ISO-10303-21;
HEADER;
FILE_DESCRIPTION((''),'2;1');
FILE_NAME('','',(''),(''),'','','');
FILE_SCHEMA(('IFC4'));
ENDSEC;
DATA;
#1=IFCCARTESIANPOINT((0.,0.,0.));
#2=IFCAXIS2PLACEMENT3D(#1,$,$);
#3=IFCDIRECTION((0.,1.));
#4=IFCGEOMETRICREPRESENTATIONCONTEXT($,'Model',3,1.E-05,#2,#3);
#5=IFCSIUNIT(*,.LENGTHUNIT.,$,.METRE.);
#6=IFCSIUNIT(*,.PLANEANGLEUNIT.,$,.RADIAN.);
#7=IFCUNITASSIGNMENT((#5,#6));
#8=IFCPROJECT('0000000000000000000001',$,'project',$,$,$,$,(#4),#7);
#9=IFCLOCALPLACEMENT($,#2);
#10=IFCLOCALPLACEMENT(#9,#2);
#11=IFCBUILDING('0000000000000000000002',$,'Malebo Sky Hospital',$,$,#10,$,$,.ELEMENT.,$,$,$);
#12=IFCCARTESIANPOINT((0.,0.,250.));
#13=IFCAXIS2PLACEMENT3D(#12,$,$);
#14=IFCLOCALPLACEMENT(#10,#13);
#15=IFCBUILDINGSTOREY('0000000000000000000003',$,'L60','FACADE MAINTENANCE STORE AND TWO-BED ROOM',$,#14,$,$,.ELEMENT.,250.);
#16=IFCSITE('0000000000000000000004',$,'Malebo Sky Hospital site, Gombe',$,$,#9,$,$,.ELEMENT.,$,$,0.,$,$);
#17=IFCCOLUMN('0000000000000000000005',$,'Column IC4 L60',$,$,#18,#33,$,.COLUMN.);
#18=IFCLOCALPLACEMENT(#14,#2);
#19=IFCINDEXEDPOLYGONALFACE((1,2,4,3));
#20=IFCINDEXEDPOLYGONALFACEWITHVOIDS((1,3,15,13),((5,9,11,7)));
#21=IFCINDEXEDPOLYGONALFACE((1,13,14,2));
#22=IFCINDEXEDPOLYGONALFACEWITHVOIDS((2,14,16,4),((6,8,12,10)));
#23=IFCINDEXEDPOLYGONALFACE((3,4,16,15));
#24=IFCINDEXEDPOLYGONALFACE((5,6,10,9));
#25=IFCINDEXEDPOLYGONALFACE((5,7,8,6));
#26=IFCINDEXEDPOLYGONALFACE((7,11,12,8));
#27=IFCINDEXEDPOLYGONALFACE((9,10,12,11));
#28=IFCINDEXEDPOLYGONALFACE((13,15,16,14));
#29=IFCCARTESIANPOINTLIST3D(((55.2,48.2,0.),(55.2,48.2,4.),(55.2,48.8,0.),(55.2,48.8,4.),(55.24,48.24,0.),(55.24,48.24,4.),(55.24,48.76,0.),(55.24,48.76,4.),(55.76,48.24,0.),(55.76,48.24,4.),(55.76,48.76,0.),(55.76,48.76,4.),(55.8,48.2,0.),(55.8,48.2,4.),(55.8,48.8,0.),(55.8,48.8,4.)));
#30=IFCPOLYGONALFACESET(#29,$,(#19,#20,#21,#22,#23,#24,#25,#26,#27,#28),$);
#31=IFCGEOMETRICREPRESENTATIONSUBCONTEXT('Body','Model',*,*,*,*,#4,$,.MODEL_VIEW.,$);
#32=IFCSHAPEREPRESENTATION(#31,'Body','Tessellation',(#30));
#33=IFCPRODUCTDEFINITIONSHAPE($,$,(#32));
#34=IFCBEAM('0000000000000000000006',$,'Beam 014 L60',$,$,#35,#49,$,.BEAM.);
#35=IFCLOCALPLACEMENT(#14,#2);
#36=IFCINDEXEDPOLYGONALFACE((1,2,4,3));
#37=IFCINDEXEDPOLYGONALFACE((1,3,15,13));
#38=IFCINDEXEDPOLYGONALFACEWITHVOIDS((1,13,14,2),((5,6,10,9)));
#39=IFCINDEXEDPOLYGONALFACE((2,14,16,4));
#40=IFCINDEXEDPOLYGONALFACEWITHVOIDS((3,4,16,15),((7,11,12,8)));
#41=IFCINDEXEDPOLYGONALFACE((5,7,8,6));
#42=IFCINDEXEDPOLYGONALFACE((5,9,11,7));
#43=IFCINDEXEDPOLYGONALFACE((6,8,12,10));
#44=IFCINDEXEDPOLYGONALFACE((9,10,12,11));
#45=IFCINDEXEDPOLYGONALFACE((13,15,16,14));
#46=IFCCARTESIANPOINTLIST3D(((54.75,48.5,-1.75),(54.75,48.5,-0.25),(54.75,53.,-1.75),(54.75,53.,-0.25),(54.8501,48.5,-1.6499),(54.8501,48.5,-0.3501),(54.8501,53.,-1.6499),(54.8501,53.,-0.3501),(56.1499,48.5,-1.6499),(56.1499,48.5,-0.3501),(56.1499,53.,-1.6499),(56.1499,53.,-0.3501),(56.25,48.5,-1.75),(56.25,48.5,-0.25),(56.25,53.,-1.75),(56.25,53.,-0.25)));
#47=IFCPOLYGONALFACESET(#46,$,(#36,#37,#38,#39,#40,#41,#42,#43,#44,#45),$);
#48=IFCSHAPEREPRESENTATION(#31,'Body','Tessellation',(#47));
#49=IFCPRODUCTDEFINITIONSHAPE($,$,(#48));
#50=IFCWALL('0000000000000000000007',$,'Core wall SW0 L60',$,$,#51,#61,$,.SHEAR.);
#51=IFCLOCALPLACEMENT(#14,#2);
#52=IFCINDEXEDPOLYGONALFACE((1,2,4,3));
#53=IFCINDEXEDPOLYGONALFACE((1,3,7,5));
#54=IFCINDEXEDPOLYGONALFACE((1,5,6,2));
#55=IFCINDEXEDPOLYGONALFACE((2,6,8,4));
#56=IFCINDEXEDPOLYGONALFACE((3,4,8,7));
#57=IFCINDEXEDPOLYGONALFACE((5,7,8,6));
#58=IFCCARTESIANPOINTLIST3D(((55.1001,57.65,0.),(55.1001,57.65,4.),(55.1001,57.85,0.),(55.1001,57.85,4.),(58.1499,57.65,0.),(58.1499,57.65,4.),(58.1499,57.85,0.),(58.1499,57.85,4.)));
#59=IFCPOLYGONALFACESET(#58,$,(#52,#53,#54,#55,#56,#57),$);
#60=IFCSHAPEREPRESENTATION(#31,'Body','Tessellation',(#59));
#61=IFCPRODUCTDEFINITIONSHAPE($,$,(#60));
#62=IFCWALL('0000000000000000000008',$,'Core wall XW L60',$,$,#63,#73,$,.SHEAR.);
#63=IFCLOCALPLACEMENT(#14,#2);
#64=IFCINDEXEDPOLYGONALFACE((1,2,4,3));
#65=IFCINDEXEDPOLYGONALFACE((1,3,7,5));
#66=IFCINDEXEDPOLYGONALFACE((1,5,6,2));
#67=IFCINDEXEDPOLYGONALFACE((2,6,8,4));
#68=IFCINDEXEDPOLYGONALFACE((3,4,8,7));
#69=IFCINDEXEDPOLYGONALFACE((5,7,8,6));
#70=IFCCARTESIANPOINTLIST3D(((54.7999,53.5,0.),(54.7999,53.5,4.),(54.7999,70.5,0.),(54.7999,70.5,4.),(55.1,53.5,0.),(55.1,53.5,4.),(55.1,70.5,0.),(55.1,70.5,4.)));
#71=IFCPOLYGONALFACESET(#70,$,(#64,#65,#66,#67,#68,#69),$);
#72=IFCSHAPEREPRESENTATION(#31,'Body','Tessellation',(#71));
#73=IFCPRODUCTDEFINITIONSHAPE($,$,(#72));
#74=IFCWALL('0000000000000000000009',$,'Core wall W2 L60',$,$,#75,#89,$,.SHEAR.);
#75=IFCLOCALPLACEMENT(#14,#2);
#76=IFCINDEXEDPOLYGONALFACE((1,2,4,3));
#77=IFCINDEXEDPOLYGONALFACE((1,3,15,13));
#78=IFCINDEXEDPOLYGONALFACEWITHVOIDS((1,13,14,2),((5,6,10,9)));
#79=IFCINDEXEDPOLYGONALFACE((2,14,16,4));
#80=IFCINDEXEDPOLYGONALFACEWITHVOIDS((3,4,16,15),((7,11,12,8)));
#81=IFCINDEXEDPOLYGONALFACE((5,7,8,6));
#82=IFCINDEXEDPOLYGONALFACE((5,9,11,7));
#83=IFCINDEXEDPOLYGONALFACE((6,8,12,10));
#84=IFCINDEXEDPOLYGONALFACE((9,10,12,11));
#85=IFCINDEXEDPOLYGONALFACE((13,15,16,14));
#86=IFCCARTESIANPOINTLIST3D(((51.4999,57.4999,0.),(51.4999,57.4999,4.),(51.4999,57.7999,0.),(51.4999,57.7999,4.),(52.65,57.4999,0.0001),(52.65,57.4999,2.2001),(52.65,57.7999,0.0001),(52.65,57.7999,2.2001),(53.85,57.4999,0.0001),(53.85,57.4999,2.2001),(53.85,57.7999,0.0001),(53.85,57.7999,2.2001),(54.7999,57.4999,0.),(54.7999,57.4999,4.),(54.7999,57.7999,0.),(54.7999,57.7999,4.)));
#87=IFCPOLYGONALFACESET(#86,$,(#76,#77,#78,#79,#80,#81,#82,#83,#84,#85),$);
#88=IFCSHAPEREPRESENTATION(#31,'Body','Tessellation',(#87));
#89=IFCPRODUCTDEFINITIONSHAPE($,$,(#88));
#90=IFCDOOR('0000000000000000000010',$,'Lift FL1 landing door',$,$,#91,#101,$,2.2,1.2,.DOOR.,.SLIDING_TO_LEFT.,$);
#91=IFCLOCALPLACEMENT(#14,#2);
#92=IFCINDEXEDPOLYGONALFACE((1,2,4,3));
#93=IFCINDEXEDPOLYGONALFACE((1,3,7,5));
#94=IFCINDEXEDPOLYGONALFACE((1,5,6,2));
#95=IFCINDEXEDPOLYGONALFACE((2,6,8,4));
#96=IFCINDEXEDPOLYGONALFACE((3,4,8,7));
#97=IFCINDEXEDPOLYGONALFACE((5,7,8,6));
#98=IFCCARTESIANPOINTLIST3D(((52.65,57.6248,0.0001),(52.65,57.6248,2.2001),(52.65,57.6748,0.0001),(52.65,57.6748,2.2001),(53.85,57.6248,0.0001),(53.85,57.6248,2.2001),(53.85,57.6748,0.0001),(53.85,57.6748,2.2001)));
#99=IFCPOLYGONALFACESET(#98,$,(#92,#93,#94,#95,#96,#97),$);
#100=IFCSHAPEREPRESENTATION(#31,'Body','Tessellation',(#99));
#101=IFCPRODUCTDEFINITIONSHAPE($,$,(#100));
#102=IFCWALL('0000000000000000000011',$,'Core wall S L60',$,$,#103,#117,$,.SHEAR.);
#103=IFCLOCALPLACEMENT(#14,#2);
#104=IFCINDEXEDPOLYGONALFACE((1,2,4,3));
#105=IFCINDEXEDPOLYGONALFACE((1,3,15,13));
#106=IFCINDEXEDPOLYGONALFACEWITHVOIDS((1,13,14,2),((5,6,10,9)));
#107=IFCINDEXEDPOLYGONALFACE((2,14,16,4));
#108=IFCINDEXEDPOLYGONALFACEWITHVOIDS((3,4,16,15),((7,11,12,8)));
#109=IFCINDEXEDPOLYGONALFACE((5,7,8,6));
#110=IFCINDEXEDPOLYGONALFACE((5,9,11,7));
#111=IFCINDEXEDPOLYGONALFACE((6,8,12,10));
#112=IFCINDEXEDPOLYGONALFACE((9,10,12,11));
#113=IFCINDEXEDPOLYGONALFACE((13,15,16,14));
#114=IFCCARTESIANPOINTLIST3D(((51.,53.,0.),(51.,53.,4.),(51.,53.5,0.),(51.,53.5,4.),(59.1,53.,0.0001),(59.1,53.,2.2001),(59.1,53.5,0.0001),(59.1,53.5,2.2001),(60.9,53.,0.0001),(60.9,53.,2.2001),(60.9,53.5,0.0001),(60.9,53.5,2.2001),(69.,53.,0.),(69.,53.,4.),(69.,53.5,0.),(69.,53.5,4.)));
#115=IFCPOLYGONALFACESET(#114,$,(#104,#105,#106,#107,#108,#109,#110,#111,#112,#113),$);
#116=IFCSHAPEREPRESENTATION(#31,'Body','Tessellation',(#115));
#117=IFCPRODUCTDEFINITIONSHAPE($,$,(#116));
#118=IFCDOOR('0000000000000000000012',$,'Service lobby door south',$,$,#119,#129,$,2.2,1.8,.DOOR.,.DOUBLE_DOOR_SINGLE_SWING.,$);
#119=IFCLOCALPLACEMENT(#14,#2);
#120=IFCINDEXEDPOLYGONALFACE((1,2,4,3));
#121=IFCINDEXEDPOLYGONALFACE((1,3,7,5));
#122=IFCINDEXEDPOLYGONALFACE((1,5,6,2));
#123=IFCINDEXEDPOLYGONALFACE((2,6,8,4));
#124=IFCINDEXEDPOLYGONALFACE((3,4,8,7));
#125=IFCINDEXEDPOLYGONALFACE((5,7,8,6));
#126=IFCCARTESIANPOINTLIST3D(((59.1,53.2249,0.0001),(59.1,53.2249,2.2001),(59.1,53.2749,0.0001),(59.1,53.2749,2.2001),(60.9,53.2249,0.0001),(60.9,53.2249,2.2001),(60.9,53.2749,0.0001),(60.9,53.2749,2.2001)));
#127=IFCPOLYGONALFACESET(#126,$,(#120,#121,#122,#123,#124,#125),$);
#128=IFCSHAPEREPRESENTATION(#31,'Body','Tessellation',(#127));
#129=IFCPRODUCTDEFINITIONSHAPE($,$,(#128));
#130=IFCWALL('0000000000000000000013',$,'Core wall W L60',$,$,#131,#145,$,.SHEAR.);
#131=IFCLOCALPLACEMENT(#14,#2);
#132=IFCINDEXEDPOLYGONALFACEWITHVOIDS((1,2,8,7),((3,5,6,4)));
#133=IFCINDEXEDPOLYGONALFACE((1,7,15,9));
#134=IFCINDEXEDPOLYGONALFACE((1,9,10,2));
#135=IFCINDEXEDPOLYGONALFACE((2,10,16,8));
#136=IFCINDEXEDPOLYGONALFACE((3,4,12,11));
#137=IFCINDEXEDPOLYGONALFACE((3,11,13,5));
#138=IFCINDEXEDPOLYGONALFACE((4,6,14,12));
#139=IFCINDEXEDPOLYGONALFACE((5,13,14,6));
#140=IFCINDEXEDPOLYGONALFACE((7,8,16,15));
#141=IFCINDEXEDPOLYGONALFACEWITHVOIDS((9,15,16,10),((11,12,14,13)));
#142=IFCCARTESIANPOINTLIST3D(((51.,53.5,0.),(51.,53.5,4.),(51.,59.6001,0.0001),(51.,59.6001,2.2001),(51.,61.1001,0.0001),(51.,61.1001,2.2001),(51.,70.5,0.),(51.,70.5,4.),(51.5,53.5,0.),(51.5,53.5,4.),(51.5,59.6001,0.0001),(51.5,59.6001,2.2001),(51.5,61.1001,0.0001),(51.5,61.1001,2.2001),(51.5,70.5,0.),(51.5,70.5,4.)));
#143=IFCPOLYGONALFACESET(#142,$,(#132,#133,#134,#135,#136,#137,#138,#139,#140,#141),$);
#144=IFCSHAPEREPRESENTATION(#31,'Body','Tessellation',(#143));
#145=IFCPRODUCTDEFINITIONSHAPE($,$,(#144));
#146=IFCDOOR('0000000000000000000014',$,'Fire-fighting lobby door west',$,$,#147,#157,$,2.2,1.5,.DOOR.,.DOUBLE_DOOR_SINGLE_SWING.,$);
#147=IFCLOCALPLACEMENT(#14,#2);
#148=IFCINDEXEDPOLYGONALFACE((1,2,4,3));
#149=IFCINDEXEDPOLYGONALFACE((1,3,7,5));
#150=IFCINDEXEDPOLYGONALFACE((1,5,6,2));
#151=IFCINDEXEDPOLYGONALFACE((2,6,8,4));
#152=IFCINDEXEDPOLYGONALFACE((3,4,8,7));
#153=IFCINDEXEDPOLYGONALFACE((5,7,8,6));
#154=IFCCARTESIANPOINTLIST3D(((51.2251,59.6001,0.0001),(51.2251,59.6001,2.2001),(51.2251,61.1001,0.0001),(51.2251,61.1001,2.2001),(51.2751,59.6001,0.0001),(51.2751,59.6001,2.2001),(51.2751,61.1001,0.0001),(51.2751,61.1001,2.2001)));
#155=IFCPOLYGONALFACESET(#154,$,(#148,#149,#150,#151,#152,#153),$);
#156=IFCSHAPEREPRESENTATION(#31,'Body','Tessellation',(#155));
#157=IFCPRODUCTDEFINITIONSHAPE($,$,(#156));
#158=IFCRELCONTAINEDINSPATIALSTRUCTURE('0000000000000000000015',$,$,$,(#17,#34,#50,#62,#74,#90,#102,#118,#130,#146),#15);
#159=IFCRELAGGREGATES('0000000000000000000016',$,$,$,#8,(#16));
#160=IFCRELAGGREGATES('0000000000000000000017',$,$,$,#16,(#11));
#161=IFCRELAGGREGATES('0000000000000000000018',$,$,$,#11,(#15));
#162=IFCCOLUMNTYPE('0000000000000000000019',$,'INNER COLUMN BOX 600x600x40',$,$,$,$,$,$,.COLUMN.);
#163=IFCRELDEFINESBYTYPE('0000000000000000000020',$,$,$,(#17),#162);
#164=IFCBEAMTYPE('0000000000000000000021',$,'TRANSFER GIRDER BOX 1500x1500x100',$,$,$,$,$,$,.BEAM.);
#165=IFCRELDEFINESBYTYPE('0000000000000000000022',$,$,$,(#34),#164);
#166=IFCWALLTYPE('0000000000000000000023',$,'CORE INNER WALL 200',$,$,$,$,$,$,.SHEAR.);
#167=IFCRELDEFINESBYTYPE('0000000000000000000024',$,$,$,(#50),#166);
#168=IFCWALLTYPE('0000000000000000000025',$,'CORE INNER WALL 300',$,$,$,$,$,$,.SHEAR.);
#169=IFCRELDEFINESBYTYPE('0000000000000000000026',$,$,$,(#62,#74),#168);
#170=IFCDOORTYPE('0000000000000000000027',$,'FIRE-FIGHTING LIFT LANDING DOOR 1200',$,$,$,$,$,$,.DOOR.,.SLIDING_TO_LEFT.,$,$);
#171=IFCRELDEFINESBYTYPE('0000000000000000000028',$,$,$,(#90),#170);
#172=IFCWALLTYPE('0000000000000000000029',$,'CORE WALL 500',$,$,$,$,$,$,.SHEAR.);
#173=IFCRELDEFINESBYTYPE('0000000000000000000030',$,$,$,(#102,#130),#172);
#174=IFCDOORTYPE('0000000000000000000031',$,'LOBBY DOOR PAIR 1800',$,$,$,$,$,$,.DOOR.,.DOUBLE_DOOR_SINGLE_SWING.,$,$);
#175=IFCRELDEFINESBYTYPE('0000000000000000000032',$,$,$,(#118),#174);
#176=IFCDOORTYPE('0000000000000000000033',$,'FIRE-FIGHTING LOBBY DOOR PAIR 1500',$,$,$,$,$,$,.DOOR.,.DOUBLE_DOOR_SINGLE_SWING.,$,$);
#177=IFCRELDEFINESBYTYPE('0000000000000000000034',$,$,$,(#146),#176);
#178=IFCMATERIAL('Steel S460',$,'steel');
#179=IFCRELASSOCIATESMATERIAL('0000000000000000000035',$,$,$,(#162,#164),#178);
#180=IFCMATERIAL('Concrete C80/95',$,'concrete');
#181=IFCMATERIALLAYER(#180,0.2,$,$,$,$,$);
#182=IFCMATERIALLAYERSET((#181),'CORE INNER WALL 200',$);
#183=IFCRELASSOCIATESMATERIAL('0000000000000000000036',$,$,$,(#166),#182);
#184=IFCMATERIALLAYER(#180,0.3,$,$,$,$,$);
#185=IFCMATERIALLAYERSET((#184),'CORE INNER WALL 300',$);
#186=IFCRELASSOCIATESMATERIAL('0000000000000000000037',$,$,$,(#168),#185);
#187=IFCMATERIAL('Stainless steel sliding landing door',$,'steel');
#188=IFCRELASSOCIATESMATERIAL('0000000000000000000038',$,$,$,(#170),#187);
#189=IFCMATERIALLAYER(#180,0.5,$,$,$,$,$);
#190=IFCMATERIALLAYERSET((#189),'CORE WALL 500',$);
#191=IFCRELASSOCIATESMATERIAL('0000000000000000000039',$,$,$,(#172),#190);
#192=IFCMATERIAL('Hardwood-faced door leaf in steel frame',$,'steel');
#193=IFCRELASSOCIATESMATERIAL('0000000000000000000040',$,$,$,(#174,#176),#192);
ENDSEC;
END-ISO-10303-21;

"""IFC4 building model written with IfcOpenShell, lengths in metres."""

from ifc_helpers import new_model, si_unit, direction, frame, frame_2d, origin, origin_2d, place, context, subcontext, project, spatial, rectangle, hollow_rectangle, extrude, material, layer, layer_set, material_profile, profile_set, type_object, element, fill, save


model = new_model("IFC4")

# Units and contexts
model_context = context("Model", 3, precision=1e-05, world=origin(), true_north=direction((0.0, 1.0)))
body_context = subcontext(model_context, "Body", "Model", "MODEL_VIEW")
ifc_project = project(units=[si_unit("LENGTHUNIT", "METRE"), si_unit("PLANEANGLEUNIT", "RADIAN")], contexts=[model_context])

# Site, building, storey
site_placement = place(None, origin())
site = spatial("IfcSite", under=ifc_project, at=site_placement, Name="Malebo Sky Hospital site, Gombe", CompositionType="ELEMENT", RefElevation=0.0)
building_placement = place(site_placement, origin())
building = spatial("IfcBuilding", under=site, at=building_placement, Name="Malebo Sky Hospital", CompositionType="ELEMENT")
storey_placement = place(building_placement, frame((0.0, 0.0, 250.0)))
storey = spatial("IfcBuildingStorey", under=building, at=storey_placement, Name="L60", Description="FACADE MAINTENANCE STORE AND TWO-BED ROOM", CompositionType="ELEMENT", Elevation=250.0)

# Column
ifc_material_1 = material(Name="Steel S460", Category="steel")
ifc_material_profile_1 = material_profile(ifc_material_1, hollow_rectangle(XDim=0.6001, YDim=0.6001, WallThickness=0.04, at=origin_2d()), Name="BOX 600x600x40")
ifc_profile_set_1 = profile_set([ifc_material_profile_1], Name="Steel S460")
column_type = type_object("IfcColumnType", Name="INNER COLUMN BOX 600x600x40", PredefinedType="COLUMN", material=ifc_profile_set_1)
column_placement = place(storey_placement, frame((55.5, 48.5, 0.0), z_axis=(0.0, 0.0, 1.0), x_axis=(1.0, 0.0, 0.0)))
element("IfcColumn", 1, at=column_placement, inside=storey, type_object=column_type, Name="Column IC4 L60", PredefinedType="COLUMN", context=body_context, shape_type="SweptSolid", body=[
    extrude(hollow_rectangle(XDim=0.6001, YDim=0.6001, WallThickness=0.04, at=origin_2d()), origin(), (0.0, 0.0, 1.0), 4.0),
])

# Beam
ifc_material_profile_2 = material_profile(ifc_material_1, hollow_rectangle(XDim=1.5, YDim=1.5, WallThickness=0.1001, at=origin_2d()), Name="BOX 1500x1500x100")
ifc_profile_set_2 = profile_set([ifc_material_profile_2], Name="Steel S460")
beam_type = type_object("IfcBeamType", Name="TRANSFER GIRDER BOX 1500x1500x100", PredefinedType="BEAM", material=ifc_profile_set_2)
beam_placement = place(storey_placement, frame((55.5, 48.5, -1.0), z_axis=(0.0, 1.0, 0.0), x_axis=(-1.0, 0.0, 0.0)))
element("IfcBeam", 2, at=beam_placement, inside=storey, type_object=beam_type, Name="Beam 014 L60", PredefinedType="BEAM", context=body_context, shape_type="SweptSolid", body=[
    extrude(hollow_rectangle(XDim=1.5, YDim=1.5, WallThickness=0.1001, at=origin_2d()), origin(), (0.0, 0.0, 1.0), 4.5),
])

# Walls
ifc_material_2 = material(Name="Concrete C80/95", Category="concrete")
ifc_layer_1 = layer(ifc_material_2, 0.2)
ifc_layer_set_1 = layer_set([ifc_layer_1], Name="CORE INNER WALL 200")
wall_type_1 = type_object("IfcWallType", Name="CORE INNER WALL 200", PredefinedType="SHEAR", material=ifc_layer_set_1)
wall_1_placement = place(storey_placement, frame((55.1001, 57.75, 0.0), z_axis=(0.0, 0.0, 1.0), x_axis=(1.0, 0.0, 0.0)))
element("IfcWall", 3, at=wall_1_placement, inside=storey, type_object=wall_type_1, Name="Core wall SW0 L60", PredefinedType="SHEAR", context=body_context, shape_type="SweptSolid", body=[
    extrude(rectangle(XDim=3.0498, YDim=0.2, at=frame_2d((1.5249, 0.0))), origin(), (0.0, 0.0, 1.0), 4.0),
])
ifc_layer_2 = layer(ifc_material_2, 0.3)
ifc_layer_set_2 = layer_set([ifc_layer_2], Name="CORE INNER WALL 300")
wall_type_2 = type_object("IfcWallType", Name="CORE INNER WALL 300", PredefinedType="SHEAR", material=ifc_layer_set_2)
wall_2_placement = place(storey_placement, frame((54.95, 53.5, 0.0), z_axis=(0.0, 0.0, 1.0), x_axis=(0.0, 1.0, 0.0)))
element("IfcWall", 4, at=wall_2_placement, inside=storey, type_object=wall_type_2, Name="Core wall XW L60", PredefinedType="SHEAR", context=body_context, shape_type="SweptSolid", body=[
    extrude(rectangle(XDim=17.0, YDim=0.3, at=frame_2d((8.5, 0.0))), origin(), (0.0, 0.0, 1.0), 4.0),
])

# Walls, openings, doors
wall_3_placement = place(storey_placement, frame((51.5, 57.6499, 0.0), z_axis=(0.0, 0.0, 1.0), x_axis=(1.0, 0.0, 0.0)))
wall_3 = element("IfcWall", 5, at=wall_3_placement, inside=storey, type_object=wall_type_2, Name="Core wall W2 L60", PredefinedType="SHEAR", context=body_context, shape_type="SweptSolid", body=[
    extrude(rectangle(XDim=3.3, YDim=0.3, at=frame_2d((1.6499, 0.0))), origin(), (0.0, 0.0, 1.0), 4.0),
])
opening_1_placement = place(wall_3_placement, frame((1.1499, 0.0, 0.0)))
opening_1 = element("IfcOpeningElement", 6, at=opening_1_placement, cuts=wall_3, PredefinedType="OPENING", context=body_context, shape_type="SweptSolid", body=[
    extrude(rectangle(XDim=1.2, YDim=2.2, at=frame_2d((0.6001, 1.1001))), frame((0.0, 0.1599, 0.0), z_axis=(0.0, -1.0, 0.0), x_axis=(1.0, 0.0, 0.0)), (0.0, 0.0, 1.0), 0.3201),
])
ifc_material_3 = material(Name="Stainless steel sliding landing door", Category="steel")
door_type_1 = type_object("IfcDoorType", Name="FIRE-FIGHTING LIFT LANDING DOOR 1200", OperationType="SLIDING_TO_LEFT", PredefinedType="DOOR", material=ifc_material_3)
door_1_placement = place(opening_1_placement, origin())
door_1 = element("IfcDoor", 7, at=door_1_placement, inside=storey, type_object=door_type_1, Name="Lift FL1 landing door", OperationType="SLIDING_TO_LEFT", OverallHeight=2.2, OverallWidth=1.2, PredefinedType="DOOR", context=body_context, shape_type="SweptSolid", body=[
    extrude(rectangle(XDim=1.2, YDim=2.2, at=frame_2d((0.6001, 1.1001))), frame((0.0, 0.0249, 0.0), z_axis=(0.0, -1.0, 0.0), x_axis=(1.0, 0.0, 0.0)), (0.0, 0.0, 1.0), 0.05),
])
fill(opening_1, door_1)
ifc_layer_3 = layer(ifc_material_2, 0.5)
ifc_layer_set_3 = layer_set([ifc_layer_3], Name="CORE WALL 500")
wall_type_3 = type_object("IfcWallType", Name="CORE WALL 500", PredefinedType="SHEAR", material=ifc_layer_set_3)
wall_4_placement = place(storey_placement, frame((51.0, 53.25, 0.0), z_axis=(0.0, 0.0, 1.0), x_axis=(1.0, 0.0, 0.0)))
wall_4 = element("IfcWall", 8, at=wall_4_placement, inside=storey, type_object=wall_type_3, Name="Core wall S L60", PredefinedType="SHEAR", context=body_context, shape_type="SweptSolid", body=[
    extrude(rectangle(XDim=18.0, YDim=0.5, at=frame_2d((9.0, 0.0))), origin(), (0.0, 0.0, 1.0), 4.0),
])
opening_2_placement = place(wall_4_placement, frame((8.1001, 0.0, 0.0)))
opening_2 = element("IfcOpeningElement", 9, at=opening_2_placement, cuts=wall_4, PredefinedType="OPENING", context=body_context, shape_type="SweptSolid", body=[
    extrude(rectangle(XDim=1.8, YDim=2.2, at=frame_2d((0.8999, 1.1001))), frame((0.0, 0.26, 0.0), z_axis=(0.0, -1.0, 0.0), x_axis=(1.0, 0.0, 0.0)), (0.0, 0.0, 1.0), 0.52),
])
ifc_material_4 = material(Name="Hardwood-faced door leaf in steel frame", Category="steel")
door_type_2 = type_object("IfcDoorType", Name="LOBBY DOOR PAIR 1800", OperationType="DOUBLE_DOOR_SINGLE_SWING", PredefinedType="DOOR", material=ifc_material_4)
door_2_placement = place(opening_2_placement, origin())
door_2 = element("IfcDoor", 10, at=door_2_placement, inside=storey, type_object=door_type_2, Name="Service lobby door south", OperationType="DOUBLE_DOOR_SINGLE_SWING", OverallHeight=2.2, OverallWidth=1.8, PredefinedType="DOOR", context=body_context, shape_type="SweptSolid", body=[
    extrude(rectangle(XDim=1.8, YDim=2.2, at=frame_2d((0.8999, 1.1001))), frame((0.0, 0.0249, 0.0), z_axis=(0.0, -1.0, 0.0), x_axis=(1.0, 0.0, 0.0)), (0.0, 0.0, 1.0), 0.05),
])
fill(opening_2, door_2)
wall_5_placement = place(storey_placement, frame((51.25, 53.5, 0.0), z_axis=(0.0, 0.0, 1.0), x_axis=(0.0, 1.0, 0.0)))
wall_5 = element("IfcWall", 11, at=wall_5_placement, inside=storey, type_object=wall_type_3, Name="Core wall W L60", PredefinedType="SHEAR", context=body_context, shape_type="SweptSolid", body=[
    extrude(rectangle(XDim=17.0, YDim=0.5, at=frame_2d((8.5, 0.0))), origin(), (0.0, 0.0, 1.0), 4.0),
])
opening_3_placement = place(wall_5_placement, frame((6.1001, 0.0, 0.0)))
opening_3 = element("IfcOpeningElement", 12, at=opening_3_placement, cuts=wall_5, PredefinedType="OPENING", context=body_context, shape_type="SweptSolid", body=[
    extrude(rectangle(XDim=1.5, YDim=2.2, at=frame_2d((0.75, 1.1001))), frame((0.0, 0.26, 0.0), z_axis=(0.0, -1.0, 0.0), x_axis=(1.0, 0.0, 0.0)), (0.0, 0.0, 1.0), 0.52),
])
door_type_3 = type_object("IfcDoorType", Name="FIRE-FIGHTING LOBBY DOOR PAIR 1500", OperationType="DOUBLE_DOOR_SINGLE_SWING", PredefinedType="DOOR", material=ifc_material_4)
door_3_placement = place(opening_3_placement, origin())
door_3 = element("IfcDoor", 13, at=door_3_placement, inside=storey, type_object=door_type_3, Name="Fire-fighting lobby door west", OperationType="DOUBLE_DOOR_SINGLE_SWING", OverallHeight=2.2, OverallWidth=1.5, PredefinedType="DOOR", context=body_context, shape_type="SweptSolid", body=[
    extrude(rectangle(XDim=1.5, YDim=2.2, at=frame_2d((0.75, 1.1001))), frame((0.0, 0.0249, 0.0), z_axis=(0.0, -1.0, 0.0), x_axis=(1.0, 0.0, 0.0)), (0.0, 0.0, 1.0), 0.05),
])
fill(opening_3, door_3)

save(model, "model.ifc")
